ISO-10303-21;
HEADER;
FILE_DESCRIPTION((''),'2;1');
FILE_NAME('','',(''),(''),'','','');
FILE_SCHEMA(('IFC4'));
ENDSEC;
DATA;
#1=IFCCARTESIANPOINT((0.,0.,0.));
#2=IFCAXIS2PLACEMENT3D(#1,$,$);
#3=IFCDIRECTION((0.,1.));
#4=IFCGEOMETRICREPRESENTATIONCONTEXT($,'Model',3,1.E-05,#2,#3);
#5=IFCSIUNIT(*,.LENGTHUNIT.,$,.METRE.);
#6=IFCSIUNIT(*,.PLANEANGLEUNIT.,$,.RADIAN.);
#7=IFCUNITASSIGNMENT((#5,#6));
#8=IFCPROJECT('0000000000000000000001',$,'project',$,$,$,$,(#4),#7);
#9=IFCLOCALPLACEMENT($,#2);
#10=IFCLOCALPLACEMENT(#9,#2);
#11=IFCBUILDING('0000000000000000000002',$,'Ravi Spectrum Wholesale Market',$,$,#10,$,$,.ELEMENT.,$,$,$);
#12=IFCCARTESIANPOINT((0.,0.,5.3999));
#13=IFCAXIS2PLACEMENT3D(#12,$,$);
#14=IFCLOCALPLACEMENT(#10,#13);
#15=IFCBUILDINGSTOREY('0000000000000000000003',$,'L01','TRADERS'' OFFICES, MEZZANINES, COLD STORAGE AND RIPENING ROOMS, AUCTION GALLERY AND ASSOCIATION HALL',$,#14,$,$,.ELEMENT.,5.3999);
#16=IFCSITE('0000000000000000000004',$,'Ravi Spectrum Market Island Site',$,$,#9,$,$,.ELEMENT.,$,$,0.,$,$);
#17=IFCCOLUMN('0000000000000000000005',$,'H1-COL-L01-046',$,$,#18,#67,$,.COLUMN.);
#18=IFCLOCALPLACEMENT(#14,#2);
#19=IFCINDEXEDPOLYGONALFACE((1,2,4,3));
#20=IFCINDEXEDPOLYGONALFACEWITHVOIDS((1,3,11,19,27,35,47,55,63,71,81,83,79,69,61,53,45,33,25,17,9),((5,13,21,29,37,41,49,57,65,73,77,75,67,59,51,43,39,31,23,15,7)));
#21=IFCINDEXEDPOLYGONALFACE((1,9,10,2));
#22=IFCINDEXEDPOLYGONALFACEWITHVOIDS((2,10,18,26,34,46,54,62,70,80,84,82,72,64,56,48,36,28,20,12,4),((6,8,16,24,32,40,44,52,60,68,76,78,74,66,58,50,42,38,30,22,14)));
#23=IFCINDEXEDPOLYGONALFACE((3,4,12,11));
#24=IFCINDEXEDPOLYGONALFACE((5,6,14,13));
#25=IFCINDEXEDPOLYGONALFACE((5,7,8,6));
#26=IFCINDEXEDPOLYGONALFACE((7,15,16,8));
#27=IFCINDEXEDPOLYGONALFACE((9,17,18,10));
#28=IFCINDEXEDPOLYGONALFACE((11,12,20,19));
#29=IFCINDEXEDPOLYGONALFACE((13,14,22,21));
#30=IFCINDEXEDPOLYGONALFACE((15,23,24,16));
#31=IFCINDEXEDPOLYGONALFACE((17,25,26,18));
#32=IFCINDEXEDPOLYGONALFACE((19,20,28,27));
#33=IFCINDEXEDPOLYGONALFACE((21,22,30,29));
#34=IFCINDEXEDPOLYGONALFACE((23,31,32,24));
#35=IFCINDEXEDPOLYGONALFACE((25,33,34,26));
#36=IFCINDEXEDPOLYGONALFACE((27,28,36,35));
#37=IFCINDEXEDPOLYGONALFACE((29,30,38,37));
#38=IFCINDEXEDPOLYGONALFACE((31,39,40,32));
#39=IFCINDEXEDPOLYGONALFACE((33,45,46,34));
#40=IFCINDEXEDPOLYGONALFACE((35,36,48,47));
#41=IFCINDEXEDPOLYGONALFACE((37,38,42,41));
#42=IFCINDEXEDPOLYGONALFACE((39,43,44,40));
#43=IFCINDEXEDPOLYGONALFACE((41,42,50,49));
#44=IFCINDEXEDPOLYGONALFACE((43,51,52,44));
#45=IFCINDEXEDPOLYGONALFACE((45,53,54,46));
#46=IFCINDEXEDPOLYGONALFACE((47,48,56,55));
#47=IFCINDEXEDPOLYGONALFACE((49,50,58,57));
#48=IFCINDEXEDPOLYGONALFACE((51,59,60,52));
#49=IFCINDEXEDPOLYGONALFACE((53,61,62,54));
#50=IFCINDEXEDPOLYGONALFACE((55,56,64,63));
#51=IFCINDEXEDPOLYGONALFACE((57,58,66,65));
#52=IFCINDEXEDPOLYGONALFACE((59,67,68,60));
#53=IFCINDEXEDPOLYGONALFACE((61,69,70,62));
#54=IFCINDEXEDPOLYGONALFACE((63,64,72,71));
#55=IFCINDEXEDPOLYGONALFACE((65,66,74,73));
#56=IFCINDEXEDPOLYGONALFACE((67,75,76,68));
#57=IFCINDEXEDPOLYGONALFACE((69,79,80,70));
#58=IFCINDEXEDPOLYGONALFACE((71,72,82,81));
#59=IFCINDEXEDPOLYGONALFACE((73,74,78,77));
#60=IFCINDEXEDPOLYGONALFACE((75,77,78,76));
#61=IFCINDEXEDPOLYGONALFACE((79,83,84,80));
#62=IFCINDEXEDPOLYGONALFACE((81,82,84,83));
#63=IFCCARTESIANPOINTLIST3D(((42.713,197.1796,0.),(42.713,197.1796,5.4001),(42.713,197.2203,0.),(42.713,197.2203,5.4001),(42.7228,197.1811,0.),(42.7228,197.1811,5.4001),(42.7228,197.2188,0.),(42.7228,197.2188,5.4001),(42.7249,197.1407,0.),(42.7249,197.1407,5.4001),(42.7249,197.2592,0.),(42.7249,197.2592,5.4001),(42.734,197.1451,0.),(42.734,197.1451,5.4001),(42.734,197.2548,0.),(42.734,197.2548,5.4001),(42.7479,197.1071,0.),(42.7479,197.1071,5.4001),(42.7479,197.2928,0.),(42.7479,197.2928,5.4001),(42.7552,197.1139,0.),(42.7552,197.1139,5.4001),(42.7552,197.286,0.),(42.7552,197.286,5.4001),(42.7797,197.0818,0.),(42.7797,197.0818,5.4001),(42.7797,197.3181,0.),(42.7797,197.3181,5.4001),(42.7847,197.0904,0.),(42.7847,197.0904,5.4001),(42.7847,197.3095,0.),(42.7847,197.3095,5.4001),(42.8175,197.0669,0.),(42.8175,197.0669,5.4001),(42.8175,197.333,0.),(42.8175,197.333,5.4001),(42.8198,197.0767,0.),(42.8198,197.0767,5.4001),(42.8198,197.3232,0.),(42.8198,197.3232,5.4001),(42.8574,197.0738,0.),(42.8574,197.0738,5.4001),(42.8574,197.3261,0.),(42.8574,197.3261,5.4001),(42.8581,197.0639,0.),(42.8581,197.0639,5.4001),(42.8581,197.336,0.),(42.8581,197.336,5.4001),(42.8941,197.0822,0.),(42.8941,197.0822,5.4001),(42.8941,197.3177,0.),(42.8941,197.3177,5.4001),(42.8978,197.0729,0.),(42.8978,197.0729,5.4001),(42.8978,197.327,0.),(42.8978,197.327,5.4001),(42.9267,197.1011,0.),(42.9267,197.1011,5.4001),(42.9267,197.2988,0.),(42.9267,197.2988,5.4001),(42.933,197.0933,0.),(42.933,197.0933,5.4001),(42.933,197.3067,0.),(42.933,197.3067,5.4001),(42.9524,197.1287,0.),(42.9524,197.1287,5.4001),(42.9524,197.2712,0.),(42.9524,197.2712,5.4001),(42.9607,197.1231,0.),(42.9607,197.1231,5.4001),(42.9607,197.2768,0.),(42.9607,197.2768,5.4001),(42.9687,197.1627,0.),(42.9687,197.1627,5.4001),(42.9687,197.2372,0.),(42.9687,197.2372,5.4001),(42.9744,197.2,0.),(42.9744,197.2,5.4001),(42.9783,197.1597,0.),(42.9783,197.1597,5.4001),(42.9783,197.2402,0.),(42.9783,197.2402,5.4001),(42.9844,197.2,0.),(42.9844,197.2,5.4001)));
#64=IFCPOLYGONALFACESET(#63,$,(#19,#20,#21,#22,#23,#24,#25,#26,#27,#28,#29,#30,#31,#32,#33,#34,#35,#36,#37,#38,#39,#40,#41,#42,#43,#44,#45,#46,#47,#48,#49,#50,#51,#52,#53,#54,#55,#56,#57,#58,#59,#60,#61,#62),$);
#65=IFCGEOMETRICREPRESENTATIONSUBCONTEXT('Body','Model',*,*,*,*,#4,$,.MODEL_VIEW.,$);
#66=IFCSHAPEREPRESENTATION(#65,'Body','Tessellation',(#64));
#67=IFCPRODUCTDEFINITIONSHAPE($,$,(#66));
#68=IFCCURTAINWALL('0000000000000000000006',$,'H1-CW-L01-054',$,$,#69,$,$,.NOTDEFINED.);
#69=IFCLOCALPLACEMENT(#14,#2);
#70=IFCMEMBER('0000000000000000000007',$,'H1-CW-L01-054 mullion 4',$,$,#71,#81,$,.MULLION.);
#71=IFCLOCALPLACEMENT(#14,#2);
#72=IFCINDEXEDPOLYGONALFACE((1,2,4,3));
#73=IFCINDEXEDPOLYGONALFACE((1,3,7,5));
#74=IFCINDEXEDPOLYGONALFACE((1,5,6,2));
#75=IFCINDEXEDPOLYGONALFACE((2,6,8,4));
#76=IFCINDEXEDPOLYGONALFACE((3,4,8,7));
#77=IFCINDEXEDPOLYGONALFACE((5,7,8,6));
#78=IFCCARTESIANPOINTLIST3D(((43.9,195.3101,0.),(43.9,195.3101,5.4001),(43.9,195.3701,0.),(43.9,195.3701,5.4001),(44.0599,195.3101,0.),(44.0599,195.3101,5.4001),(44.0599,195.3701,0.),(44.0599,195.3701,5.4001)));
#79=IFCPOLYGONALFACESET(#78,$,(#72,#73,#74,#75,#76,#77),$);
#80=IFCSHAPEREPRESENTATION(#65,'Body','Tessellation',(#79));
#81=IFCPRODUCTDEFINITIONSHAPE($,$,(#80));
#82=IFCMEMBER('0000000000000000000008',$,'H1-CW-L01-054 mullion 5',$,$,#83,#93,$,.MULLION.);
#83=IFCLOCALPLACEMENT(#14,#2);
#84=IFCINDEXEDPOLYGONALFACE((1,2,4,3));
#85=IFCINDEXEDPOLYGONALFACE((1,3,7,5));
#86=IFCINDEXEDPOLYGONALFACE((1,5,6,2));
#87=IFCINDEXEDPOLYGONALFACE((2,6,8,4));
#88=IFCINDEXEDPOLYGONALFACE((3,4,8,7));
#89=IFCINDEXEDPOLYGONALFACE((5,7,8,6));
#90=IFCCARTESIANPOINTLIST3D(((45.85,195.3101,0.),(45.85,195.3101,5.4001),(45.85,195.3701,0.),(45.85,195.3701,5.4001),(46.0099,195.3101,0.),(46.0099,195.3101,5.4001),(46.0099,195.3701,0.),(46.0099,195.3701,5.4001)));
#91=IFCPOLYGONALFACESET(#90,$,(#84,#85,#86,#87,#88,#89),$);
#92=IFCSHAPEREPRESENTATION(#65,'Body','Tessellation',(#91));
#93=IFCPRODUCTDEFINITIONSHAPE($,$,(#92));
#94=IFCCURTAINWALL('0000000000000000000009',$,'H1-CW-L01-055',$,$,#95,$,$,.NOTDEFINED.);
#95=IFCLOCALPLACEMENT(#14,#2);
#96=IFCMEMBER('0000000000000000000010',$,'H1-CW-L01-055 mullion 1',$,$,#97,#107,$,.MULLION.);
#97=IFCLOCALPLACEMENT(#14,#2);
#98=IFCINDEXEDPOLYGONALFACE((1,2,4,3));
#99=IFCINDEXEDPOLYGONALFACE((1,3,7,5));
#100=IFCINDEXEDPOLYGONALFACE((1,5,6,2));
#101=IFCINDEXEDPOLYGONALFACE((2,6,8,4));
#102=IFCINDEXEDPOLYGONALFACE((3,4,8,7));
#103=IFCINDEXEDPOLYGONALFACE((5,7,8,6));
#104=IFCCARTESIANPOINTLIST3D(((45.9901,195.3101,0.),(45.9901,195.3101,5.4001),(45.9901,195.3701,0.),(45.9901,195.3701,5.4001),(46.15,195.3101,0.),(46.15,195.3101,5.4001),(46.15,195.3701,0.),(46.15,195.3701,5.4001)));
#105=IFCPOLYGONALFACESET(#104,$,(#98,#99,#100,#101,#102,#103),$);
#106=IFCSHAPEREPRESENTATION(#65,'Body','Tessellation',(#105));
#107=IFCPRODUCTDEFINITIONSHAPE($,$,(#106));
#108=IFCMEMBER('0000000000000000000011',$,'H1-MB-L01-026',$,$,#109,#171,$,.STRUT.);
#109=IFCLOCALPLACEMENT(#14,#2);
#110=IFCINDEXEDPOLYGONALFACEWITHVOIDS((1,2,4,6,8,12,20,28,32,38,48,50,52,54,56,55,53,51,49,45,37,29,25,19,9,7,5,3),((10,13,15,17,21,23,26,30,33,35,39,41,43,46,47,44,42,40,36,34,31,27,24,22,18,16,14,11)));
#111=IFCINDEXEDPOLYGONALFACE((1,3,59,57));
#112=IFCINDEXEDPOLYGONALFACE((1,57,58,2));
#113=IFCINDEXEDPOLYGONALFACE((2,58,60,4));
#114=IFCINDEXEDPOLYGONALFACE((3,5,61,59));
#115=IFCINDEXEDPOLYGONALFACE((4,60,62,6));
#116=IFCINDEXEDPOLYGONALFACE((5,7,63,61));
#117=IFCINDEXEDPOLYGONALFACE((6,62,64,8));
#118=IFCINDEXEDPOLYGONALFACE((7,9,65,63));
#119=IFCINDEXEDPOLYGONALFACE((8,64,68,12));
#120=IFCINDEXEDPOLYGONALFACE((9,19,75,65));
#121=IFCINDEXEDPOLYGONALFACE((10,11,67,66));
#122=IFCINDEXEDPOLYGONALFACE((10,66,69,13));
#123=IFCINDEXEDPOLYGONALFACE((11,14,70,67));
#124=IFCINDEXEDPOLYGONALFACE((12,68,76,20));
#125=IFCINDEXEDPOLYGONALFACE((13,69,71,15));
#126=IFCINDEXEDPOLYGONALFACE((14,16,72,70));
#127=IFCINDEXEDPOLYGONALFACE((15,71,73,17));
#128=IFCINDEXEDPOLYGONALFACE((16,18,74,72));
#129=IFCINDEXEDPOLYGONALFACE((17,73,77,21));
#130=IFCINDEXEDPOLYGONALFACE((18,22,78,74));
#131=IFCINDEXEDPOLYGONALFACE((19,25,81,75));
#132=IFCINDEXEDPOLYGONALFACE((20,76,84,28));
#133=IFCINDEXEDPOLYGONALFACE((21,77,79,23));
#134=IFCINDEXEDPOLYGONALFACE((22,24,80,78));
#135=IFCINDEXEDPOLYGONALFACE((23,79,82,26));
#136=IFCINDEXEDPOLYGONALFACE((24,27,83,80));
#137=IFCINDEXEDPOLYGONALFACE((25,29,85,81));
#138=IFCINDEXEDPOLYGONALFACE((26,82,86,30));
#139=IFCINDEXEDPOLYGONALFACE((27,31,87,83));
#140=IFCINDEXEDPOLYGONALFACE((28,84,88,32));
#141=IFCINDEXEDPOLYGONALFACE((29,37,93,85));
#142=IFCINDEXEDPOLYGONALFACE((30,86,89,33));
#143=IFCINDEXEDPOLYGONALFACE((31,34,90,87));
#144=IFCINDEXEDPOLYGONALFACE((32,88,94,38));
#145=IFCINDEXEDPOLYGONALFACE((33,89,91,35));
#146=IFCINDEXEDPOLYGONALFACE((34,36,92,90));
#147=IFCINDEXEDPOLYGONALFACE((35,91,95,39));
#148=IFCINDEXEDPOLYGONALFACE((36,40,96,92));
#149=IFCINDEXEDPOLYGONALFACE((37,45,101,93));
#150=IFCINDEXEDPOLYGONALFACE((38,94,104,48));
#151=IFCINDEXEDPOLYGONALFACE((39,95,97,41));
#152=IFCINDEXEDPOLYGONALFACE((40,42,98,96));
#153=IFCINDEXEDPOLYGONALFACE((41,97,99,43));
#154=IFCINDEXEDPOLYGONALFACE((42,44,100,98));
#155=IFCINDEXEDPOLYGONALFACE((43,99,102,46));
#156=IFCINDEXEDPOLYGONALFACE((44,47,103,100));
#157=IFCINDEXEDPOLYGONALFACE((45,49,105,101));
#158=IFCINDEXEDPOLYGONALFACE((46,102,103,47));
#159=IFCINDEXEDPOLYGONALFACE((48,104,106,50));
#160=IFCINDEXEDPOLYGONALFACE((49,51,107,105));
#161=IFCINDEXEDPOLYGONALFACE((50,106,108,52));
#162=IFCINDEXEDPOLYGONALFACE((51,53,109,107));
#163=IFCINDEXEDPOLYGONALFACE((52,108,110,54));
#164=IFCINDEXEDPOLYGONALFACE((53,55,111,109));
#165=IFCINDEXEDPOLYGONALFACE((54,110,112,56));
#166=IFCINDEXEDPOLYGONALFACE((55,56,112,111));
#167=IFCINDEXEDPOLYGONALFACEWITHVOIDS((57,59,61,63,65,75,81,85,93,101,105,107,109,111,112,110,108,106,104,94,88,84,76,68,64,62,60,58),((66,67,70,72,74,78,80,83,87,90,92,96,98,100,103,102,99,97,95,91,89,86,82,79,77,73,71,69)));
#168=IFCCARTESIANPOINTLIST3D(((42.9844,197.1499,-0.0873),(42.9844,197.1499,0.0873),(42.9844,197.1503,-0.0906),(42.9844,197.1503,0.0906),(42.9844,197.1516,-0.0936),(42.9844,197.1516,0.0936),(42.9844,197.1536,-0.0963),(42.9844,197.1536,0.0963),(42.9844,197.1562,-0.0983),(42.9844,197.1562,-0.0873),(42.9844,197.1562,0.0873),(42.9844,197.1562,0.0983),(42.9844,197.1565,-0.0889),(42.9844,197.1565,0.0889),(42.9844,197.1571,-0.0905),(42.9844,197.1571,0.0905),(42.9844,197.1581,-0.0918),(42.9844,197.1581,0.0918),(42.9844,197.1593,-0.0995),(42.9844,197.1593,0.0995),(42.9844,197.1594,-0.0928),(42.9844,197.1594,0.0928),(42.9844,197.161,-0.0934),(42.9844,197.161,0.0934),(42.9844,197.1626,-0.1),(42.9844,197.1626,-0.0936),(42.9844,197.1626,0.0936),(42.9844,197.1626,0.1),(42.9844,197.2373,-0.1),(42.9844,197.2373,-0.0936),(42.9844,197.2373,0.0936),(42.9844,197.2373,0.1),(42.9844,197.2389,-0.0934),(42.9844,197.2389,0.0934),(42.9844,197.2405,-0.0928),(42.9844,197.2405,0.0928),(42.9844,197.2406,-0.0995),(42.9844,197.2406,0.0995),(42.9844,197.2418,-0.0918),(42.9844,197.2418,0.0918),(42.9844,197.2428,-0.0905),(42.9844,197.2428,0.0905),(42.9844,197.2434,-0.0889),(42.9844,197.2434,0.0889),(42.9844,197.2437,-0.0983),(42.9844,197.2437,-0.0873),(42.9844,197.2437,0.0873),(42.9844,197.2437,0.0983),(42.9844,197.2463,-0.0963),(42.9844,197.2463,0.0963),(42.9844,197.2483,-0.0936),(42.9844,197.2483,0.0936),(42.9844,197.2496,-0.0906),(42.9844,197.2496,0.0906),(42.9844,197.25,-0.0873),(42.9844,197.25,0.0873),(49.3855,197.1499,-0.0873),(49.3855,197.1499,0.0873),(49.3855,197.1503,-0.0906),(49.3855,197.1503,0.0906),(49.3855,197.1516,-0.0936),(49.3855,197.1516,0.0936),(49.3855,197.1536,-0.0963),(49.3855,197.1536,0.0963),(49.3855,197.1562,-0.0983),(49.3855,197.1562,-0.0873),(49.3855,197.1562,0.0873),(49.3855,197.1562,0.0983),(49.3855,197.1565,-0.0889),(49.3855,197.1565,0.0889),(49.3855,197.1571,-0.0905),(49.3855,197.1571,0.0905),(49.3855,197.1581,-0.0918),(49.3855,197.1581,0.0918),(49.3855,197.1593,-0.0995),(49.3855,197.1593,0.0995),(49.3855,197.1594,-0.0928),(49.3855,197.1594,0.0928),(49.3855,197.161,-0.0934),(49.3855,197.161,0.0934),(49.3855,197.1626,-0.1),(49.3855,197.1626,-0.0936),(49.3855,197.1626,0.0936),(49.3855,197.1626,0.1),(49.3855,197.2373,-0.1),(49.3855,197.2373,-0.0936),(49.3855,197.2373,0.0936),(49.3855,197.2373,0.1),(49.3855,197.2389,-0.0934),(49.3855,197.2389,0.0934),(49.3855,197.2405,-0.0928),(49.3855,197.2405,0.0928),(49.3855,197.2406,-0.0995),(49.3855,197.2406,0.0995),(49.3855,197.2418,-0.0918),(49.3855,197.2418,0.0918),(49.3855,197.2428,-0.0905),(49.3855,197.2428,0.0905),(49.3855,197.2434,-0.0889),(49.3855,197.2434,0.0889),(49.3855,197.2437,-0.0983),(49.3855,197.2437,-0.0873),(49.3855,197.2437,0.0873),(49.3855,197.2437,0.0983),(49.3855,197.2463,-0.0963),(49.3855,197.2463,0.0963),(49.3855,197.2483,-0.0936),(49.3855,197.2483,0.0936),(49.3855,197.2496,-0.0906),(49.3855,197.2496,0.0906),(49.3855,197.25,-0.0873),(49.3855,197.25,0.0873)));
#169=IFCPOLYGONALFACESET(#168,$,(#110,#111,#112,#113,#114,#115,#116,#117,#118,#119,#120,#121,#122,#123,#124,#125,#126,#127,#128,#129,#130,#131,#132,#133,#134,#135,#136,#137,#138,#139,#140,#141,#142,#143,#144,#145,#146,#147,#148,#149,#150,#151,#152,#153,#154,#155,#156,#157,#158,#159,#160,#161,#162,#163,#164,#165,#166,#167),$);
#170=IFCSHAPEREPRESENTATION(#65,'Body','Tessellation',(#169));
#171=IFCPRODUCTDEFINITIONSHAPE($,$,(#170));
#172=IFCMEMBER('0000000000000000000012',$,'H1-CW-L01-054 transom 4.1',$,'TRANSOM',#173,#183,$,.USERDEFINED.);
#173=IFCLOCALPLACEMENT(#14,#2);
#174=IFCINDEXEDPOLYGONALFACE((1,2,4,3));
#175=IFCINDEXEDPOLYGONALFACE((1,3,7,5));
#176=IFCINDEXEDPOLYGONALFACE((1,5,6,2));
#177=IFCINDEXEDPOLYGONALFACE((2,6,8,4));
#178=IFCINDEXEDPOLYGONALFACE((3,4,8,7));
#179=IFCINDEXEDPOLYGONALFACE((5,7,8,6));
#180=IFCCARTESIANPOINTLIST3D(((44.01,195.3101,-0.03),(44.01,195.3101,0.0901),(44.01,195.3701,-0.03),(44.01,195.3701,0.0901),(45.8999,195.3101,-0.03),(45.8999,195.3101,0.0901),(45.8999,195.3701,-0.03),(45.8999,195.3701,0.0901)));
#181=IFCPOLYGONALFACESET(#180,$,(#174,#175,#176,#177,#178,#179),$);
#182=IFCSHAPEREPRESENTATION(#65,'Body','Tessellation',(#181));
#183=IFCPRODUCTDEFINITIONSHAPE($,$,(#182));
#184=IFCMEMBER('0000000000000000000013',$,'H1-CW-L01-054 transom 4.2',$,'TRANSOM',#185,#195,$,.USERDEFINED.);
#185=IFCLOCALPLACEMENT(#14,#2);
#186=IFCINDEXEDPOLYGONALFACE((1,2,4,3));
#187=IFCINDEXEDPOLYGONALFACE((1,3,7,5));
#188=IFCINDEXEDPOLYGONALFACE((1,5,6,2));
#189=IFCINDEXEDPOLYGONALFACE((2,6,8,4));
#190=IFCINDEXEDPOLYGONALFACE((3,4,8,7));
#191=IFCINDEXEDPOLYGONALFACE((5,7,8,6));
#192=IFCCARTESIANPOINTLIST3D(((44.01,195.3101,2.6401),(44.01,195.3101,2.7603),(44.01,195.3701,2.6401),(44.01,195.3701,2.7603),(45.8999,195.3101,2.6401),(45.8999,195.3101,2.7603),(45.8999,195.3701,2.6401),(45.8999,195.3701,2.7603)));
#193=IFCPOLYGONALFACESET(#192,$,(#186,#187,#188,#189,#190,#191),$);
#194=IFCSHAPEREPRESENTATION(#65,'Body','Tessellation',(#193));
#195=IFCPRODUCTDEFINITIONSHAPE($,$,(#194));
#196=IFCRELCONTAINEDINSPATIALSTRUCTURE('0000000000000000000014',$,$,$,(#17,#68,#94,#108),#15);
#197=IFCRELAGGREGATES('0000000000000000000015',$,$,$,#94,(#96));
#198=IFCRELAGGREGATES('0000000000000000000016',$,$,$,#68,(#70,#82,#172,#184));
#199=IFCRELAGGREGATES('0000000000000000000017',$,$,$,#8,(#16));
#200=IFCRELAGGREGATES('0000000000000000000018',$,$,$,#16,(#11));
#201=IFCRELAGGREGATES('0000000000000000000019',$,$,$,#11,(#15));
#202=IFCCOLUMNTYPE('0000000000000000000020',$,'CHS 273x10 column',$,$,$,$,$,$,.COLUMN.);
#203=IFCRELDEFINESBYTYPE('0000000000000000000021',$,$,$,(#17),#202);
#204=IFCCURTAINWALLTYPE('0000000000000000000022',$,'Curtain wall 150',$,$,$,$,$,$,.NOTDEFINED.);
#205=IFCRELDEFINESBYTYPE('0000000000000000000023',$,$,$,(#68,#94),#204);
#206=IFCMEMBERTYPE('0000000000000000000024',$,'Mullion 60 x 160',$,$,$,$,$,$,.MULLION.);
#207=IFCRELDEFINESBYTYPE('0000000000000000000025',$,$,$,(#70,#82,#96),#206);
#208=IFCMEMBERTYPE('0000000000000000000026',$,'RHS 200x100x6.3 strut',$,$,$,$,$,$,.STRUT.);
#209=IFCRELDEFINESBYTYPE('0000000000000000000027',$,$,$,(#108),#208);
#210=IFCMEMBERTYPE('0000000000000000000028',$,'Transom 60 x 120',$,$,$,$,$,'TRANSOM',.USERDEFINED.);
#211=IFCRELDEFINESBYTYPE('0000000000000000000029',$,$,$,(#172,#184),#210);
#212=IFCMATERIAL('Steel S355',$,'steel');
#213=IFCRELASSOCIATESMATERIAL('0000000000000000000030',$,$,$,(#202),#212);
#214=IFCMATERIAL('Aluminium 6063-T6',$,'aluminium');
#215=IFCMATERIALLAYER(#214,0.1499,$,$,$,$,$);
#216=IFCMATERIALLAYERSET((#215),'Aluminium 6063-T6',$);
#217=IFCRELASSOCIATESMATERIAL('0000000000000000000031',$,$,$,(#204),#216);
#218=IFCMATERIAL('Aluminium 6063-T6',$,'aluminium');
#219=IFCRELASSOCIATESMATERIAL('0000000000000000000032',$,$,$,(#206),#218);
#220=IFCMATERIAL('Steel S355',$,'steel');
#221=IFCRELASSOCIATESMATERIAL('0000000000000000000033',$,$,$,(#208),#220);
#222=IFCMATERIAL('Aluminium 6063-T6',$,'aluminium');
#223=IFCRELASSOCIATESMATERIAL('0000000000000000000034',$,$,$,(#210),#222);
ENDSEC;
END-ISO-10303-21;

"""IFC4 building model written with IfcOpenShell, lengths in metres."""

from ifc_helpers import new_model, si_unit, direction, frame, origin, origin_2d, place, context, subcontext, project, spatial, rectangle, hollow_rectangle, hollow_circle, extrude, material, layer, layer_set, material_profile, profile_set, type_object, element, aggregate, save


model = new_model("IFC4")

# Units and contexts
model_context = context("Model", 3, precision=1e-05, world=origin(), true_north=direction((0.0, 1.0)))
body_context = subcontext(model_context, "Body", "Model", "MODEL_VIEW")
ifc_project = project(units=[si_unit("LENGTHUNIT", "METRE"), si_unit("PLANEANGLEUNIT", "RADIAN")], contexts=[model_context])

# Site, building, storey
site_placement = place(None, origin())
site = spatial("IfcSite", under=ifc_project, at=site_placement, Name="Ravi Spectrum Market Island Site", CompositionType="ELEMENT", RefElevation=0.0)
building_placement = place(site_placement, origin())
building = spatial("IfcBuilding", under=site, at=building_placement, Name="Ravi Spectrum Wholesale Market", CompositionType="ELEMENT")
storey_placement = place(building_placement, frame((0.0, 0.0, 5.3999)))
storey = spatial("IfcBuildingStorey", under=building, at=storey_placement, Name="L01", Description="TRADERS' OFFICES, MEZZANINES, COLD STORAGE AND RIPENING ROOMS, AUCTION GALLERY AND ASSOCIATION HALL", CompositionType="ELEMENT", Elevation=5.3999)

# Column
ifc_material_1 = material(Name="Steel S355", Category="steel")
ifc_material_profile_1 = material_profile(ifc_material_1, hollow_circle(Radius=0.1365, WallThickness=0.01, at=origin_2d()))
ifc_profile_set_1 = profile_set([ifc_material_profile_1], Name="Steel S355")
column_type = type_object("IfcColumnType", Name="CHS 273x10 column", PredefinedType="COLUMN", material=ifc_profile_set_1)
column_placement = place(storey_placement, frame((42.8479, 197.2, 0.0), z_axis=(0.0, 0.0, 1.0), x_axis=(1.0, 0.0, 0.0)))
element("IfcColumn", 1, at=column_placement, inside=storey, type_object=column_type, Name="H1-COL-L01-046", PredefinedType="COLUMN", context=body_context, shape_type="SweptSolid", body=[
    extrude(hollow_circle(Radius=0.1365, WallThickness=0.01, at=origin_2d()), origin(), (0.0, 0.0, 1.0), 5.4001),
])

# Curtain wall, members
ifc_material_2 = material(Name="Aluminium 6063-T6", Category="aluminium")
ifc_layer_1 = layer(ifc_material_2, 0.1499)
ifc_layer_set_1 = layer_set([ifc_layer_1], Name="Aluminium 6063-T6")
curtain_wall_type = type_object("IfcCurtainWallType", Name="Curtain wall 150", PredefinedType="NOTDEFINED", material=ifc_layer_set_1)
curtain_wall_1_placement = place(storey_placement, origin())
curtain_wall_1 = element("IfcCurtainWall", 2, at=curtain_wall_1_placement, inside=storey, type_object=curtain_wall_type, Name="H1-CW-L01-054", PredefinedType="NOTDEFINED")
ifc_material_3 = material(Name="Aluminium 6063-T6", Category="aluminium")
ifc_material_profile_2 = material_profile(ifc_material_3, rectangle(XDim=0.0601, YDim=0.1599, at=origin_2d()))
ifc_profile_set_2 = profile_set([ifc_material_profile_2], Name="Aluminium 6063-T6")
member_type_1 = type_object("IfcMemberType", Name="Mullion 60 x 160", PredefinedType="MULLION", material=ifc_profile_set_2)
member_1_placement = place(storey_placement, frame((43.98, 195.3401, 0.0), z_axis=(0.0, 0.0, 1.0), x_axis=(0.0, 1.0, 0.0)))
member_1 = element("IfcMember", 3, at=member_1_placement, type_object=member_type_1, Name="H1-CW-L01-054 mullion 4", PredefinedType="MULLION", context=body_context, shape_type="SweptSolid", body=[
    extrude(rectangle(XDim=0.0601, YDim=0.1599, at=origin_2d()), origin(), (0.0, 0.0, 1.0), 5.4001),
])
member_2_placement = place(storey_placement, frame((45.9299, 195.3401, 0.0), z_axis=(0.0, 0.0, 1.0), x_axis=(0.0, 1.0, 0.0)))
member_2 = element("IfcMember", 4, at=member_2_placement, type_object=member_type_1, Name="H1-CW-L01-054 mullion 5", PredefinedType="MULLION", context=body_context, shape_type="SweptSolid", body=[
    extrude(rectangle(XDim=0.0601, YDim=0.1599, at=origin_2d()), origin(), (0.0, 0.0, 1.0), 5.4001),
])

# Curtain wall, member
curtain_wall_2_placement = place(storey_placement, origin())
curtain_wall_2 = element("IfcCurtainWall", 5, at=curtain_wall_2_placement, inside=storey, type_object=curtain_wall_type, Name="H1-CW-L01-055", PredefinedType="NOTDEFINED")
member_3_placement = place(storey_placement, frame((46.0701, 195.3401, 0.0), z_axis=(0.0, 0.0, 1.0), x_axis=(0.0, 1.0, 0.0)))
member_3 = element("IfcMember", 6, at=member_3_placement, type_object=member_type_1, Name="H1-CW-L01-055 mullion 1", PredefinedType="MULLION", context=body_context, shape_type="SweptSolid", body=[
    extrude(rectangle(XDim=0.0601, YDim=0.1599, at=origin_2d()), origin(), (0.0, 0.0, 1.0), 5.4001),
])

# Members
ifc_material_4 = material(Name="Steel S355", Category="steel")
ifc_material_profile_3 = material_profile(ifc_material_4, hollow_rectangle(XDim=0.1001, YDim=0.2, WallThickness=0.0063, InnerFilletRadius=0.0063, OuterFilletRadius=0.0127, at=origin_2d()))
ifc_profile_set_3 = profile_set([ifc_material_profile_3], Name="Steel S355")
member_type_2 = type_object("IfcMemberType", Name="RHS 200x100x6.3 strut", PredefinedType="STRUT", material=ifc_profile_set_3)
member_4_placement = place(storey_placement, frame((42.9844, 197.2, 0.0), z_axis=(1.0, 0.0, 0.0), x_axis=(0.0, 1.0, 0.0)))
element("IfcMember", 7, at=member_4_placement, inside=storey, type_object=member_type_2, Name="H1-MB-L01-026", PredefinedType="STRUT", context=body_context, shape_type="SweptSolid", body=[
    extrude(hollow_rectangle(XDim=0.1001, YDim=0.2, WallThickness=0.0063, InnerFilletRadius=0.0063, OuterFilletRadius=0.0127, at=origin_2d()), origin(), (0.0, 0.0, 1.0), 6.4011),
])
ifc_material_5 = material(Name="Aluminium 6063-T6", Category="aluminium")
ifc_material_profile_4 = material_profile(ifc_material_5, rectangle(XDim=0.0601, YDim=0.1201, at=origin_2d()))
ifc_profile_set_4 = profile_set([ifc_material_profile_4], Name="Aluminium 6063-T6")
member_type_3 = type_object("IfcMemberType", Name="Transom 60 x 120", ElementType="TRANSOM", PredefinedType="USERDEFINED", material=ifc_profile_set_4)
member_5_placement = place(storey_placement, frame((44.01, 195.3401, 0.03), z_axis=(1.0, 0.0, 0.0), x_axis=(0.0, 1.0, 0.0)))
member_5 = element("IfcMember", 8, at=member_5_placement, type_object=member_type_3, Name="H1-CW-L01-054 transom 4.1", ObjectType="TRANSOM", PredefinedType="USERDEFINED", context=body_context, shape_type="SweptSolid", body=[
    extrude(rectangle(XDim=0.0601, YDim=0.1201, at=origin_2d()), origin(), (0.0, 0.0, 1.0), 1.8899),
])
member_6_placement = place(storey_placement, frame((44.01, 195.3401, 2.7002), z_axis=(1.0, 0.0, 0.0), x_axis=(0.0, 1.0, 0.0)))
member_6 = element("IfcMember", 9, at=member_6_placement, type_object=member_type_3, Name="H1-CW-L01-054 transom 4.2", ObjectType="TRANSOM", PredefinedType="USERDEFINED", context=body_context, shape_type="SweptSolid", body=[
    extrude(rectangle(XDim=0.0601, YDim=0.1201, at=origin_2d()), origin(), (0.0, 0.0, 1.0), 1.8899),
])
aggregate(curtain_wall_2, [member_3])

aggregate(curtain_wall_1, [member_1, member_2, member_5, member_6])

save(model, "model.ifc")
